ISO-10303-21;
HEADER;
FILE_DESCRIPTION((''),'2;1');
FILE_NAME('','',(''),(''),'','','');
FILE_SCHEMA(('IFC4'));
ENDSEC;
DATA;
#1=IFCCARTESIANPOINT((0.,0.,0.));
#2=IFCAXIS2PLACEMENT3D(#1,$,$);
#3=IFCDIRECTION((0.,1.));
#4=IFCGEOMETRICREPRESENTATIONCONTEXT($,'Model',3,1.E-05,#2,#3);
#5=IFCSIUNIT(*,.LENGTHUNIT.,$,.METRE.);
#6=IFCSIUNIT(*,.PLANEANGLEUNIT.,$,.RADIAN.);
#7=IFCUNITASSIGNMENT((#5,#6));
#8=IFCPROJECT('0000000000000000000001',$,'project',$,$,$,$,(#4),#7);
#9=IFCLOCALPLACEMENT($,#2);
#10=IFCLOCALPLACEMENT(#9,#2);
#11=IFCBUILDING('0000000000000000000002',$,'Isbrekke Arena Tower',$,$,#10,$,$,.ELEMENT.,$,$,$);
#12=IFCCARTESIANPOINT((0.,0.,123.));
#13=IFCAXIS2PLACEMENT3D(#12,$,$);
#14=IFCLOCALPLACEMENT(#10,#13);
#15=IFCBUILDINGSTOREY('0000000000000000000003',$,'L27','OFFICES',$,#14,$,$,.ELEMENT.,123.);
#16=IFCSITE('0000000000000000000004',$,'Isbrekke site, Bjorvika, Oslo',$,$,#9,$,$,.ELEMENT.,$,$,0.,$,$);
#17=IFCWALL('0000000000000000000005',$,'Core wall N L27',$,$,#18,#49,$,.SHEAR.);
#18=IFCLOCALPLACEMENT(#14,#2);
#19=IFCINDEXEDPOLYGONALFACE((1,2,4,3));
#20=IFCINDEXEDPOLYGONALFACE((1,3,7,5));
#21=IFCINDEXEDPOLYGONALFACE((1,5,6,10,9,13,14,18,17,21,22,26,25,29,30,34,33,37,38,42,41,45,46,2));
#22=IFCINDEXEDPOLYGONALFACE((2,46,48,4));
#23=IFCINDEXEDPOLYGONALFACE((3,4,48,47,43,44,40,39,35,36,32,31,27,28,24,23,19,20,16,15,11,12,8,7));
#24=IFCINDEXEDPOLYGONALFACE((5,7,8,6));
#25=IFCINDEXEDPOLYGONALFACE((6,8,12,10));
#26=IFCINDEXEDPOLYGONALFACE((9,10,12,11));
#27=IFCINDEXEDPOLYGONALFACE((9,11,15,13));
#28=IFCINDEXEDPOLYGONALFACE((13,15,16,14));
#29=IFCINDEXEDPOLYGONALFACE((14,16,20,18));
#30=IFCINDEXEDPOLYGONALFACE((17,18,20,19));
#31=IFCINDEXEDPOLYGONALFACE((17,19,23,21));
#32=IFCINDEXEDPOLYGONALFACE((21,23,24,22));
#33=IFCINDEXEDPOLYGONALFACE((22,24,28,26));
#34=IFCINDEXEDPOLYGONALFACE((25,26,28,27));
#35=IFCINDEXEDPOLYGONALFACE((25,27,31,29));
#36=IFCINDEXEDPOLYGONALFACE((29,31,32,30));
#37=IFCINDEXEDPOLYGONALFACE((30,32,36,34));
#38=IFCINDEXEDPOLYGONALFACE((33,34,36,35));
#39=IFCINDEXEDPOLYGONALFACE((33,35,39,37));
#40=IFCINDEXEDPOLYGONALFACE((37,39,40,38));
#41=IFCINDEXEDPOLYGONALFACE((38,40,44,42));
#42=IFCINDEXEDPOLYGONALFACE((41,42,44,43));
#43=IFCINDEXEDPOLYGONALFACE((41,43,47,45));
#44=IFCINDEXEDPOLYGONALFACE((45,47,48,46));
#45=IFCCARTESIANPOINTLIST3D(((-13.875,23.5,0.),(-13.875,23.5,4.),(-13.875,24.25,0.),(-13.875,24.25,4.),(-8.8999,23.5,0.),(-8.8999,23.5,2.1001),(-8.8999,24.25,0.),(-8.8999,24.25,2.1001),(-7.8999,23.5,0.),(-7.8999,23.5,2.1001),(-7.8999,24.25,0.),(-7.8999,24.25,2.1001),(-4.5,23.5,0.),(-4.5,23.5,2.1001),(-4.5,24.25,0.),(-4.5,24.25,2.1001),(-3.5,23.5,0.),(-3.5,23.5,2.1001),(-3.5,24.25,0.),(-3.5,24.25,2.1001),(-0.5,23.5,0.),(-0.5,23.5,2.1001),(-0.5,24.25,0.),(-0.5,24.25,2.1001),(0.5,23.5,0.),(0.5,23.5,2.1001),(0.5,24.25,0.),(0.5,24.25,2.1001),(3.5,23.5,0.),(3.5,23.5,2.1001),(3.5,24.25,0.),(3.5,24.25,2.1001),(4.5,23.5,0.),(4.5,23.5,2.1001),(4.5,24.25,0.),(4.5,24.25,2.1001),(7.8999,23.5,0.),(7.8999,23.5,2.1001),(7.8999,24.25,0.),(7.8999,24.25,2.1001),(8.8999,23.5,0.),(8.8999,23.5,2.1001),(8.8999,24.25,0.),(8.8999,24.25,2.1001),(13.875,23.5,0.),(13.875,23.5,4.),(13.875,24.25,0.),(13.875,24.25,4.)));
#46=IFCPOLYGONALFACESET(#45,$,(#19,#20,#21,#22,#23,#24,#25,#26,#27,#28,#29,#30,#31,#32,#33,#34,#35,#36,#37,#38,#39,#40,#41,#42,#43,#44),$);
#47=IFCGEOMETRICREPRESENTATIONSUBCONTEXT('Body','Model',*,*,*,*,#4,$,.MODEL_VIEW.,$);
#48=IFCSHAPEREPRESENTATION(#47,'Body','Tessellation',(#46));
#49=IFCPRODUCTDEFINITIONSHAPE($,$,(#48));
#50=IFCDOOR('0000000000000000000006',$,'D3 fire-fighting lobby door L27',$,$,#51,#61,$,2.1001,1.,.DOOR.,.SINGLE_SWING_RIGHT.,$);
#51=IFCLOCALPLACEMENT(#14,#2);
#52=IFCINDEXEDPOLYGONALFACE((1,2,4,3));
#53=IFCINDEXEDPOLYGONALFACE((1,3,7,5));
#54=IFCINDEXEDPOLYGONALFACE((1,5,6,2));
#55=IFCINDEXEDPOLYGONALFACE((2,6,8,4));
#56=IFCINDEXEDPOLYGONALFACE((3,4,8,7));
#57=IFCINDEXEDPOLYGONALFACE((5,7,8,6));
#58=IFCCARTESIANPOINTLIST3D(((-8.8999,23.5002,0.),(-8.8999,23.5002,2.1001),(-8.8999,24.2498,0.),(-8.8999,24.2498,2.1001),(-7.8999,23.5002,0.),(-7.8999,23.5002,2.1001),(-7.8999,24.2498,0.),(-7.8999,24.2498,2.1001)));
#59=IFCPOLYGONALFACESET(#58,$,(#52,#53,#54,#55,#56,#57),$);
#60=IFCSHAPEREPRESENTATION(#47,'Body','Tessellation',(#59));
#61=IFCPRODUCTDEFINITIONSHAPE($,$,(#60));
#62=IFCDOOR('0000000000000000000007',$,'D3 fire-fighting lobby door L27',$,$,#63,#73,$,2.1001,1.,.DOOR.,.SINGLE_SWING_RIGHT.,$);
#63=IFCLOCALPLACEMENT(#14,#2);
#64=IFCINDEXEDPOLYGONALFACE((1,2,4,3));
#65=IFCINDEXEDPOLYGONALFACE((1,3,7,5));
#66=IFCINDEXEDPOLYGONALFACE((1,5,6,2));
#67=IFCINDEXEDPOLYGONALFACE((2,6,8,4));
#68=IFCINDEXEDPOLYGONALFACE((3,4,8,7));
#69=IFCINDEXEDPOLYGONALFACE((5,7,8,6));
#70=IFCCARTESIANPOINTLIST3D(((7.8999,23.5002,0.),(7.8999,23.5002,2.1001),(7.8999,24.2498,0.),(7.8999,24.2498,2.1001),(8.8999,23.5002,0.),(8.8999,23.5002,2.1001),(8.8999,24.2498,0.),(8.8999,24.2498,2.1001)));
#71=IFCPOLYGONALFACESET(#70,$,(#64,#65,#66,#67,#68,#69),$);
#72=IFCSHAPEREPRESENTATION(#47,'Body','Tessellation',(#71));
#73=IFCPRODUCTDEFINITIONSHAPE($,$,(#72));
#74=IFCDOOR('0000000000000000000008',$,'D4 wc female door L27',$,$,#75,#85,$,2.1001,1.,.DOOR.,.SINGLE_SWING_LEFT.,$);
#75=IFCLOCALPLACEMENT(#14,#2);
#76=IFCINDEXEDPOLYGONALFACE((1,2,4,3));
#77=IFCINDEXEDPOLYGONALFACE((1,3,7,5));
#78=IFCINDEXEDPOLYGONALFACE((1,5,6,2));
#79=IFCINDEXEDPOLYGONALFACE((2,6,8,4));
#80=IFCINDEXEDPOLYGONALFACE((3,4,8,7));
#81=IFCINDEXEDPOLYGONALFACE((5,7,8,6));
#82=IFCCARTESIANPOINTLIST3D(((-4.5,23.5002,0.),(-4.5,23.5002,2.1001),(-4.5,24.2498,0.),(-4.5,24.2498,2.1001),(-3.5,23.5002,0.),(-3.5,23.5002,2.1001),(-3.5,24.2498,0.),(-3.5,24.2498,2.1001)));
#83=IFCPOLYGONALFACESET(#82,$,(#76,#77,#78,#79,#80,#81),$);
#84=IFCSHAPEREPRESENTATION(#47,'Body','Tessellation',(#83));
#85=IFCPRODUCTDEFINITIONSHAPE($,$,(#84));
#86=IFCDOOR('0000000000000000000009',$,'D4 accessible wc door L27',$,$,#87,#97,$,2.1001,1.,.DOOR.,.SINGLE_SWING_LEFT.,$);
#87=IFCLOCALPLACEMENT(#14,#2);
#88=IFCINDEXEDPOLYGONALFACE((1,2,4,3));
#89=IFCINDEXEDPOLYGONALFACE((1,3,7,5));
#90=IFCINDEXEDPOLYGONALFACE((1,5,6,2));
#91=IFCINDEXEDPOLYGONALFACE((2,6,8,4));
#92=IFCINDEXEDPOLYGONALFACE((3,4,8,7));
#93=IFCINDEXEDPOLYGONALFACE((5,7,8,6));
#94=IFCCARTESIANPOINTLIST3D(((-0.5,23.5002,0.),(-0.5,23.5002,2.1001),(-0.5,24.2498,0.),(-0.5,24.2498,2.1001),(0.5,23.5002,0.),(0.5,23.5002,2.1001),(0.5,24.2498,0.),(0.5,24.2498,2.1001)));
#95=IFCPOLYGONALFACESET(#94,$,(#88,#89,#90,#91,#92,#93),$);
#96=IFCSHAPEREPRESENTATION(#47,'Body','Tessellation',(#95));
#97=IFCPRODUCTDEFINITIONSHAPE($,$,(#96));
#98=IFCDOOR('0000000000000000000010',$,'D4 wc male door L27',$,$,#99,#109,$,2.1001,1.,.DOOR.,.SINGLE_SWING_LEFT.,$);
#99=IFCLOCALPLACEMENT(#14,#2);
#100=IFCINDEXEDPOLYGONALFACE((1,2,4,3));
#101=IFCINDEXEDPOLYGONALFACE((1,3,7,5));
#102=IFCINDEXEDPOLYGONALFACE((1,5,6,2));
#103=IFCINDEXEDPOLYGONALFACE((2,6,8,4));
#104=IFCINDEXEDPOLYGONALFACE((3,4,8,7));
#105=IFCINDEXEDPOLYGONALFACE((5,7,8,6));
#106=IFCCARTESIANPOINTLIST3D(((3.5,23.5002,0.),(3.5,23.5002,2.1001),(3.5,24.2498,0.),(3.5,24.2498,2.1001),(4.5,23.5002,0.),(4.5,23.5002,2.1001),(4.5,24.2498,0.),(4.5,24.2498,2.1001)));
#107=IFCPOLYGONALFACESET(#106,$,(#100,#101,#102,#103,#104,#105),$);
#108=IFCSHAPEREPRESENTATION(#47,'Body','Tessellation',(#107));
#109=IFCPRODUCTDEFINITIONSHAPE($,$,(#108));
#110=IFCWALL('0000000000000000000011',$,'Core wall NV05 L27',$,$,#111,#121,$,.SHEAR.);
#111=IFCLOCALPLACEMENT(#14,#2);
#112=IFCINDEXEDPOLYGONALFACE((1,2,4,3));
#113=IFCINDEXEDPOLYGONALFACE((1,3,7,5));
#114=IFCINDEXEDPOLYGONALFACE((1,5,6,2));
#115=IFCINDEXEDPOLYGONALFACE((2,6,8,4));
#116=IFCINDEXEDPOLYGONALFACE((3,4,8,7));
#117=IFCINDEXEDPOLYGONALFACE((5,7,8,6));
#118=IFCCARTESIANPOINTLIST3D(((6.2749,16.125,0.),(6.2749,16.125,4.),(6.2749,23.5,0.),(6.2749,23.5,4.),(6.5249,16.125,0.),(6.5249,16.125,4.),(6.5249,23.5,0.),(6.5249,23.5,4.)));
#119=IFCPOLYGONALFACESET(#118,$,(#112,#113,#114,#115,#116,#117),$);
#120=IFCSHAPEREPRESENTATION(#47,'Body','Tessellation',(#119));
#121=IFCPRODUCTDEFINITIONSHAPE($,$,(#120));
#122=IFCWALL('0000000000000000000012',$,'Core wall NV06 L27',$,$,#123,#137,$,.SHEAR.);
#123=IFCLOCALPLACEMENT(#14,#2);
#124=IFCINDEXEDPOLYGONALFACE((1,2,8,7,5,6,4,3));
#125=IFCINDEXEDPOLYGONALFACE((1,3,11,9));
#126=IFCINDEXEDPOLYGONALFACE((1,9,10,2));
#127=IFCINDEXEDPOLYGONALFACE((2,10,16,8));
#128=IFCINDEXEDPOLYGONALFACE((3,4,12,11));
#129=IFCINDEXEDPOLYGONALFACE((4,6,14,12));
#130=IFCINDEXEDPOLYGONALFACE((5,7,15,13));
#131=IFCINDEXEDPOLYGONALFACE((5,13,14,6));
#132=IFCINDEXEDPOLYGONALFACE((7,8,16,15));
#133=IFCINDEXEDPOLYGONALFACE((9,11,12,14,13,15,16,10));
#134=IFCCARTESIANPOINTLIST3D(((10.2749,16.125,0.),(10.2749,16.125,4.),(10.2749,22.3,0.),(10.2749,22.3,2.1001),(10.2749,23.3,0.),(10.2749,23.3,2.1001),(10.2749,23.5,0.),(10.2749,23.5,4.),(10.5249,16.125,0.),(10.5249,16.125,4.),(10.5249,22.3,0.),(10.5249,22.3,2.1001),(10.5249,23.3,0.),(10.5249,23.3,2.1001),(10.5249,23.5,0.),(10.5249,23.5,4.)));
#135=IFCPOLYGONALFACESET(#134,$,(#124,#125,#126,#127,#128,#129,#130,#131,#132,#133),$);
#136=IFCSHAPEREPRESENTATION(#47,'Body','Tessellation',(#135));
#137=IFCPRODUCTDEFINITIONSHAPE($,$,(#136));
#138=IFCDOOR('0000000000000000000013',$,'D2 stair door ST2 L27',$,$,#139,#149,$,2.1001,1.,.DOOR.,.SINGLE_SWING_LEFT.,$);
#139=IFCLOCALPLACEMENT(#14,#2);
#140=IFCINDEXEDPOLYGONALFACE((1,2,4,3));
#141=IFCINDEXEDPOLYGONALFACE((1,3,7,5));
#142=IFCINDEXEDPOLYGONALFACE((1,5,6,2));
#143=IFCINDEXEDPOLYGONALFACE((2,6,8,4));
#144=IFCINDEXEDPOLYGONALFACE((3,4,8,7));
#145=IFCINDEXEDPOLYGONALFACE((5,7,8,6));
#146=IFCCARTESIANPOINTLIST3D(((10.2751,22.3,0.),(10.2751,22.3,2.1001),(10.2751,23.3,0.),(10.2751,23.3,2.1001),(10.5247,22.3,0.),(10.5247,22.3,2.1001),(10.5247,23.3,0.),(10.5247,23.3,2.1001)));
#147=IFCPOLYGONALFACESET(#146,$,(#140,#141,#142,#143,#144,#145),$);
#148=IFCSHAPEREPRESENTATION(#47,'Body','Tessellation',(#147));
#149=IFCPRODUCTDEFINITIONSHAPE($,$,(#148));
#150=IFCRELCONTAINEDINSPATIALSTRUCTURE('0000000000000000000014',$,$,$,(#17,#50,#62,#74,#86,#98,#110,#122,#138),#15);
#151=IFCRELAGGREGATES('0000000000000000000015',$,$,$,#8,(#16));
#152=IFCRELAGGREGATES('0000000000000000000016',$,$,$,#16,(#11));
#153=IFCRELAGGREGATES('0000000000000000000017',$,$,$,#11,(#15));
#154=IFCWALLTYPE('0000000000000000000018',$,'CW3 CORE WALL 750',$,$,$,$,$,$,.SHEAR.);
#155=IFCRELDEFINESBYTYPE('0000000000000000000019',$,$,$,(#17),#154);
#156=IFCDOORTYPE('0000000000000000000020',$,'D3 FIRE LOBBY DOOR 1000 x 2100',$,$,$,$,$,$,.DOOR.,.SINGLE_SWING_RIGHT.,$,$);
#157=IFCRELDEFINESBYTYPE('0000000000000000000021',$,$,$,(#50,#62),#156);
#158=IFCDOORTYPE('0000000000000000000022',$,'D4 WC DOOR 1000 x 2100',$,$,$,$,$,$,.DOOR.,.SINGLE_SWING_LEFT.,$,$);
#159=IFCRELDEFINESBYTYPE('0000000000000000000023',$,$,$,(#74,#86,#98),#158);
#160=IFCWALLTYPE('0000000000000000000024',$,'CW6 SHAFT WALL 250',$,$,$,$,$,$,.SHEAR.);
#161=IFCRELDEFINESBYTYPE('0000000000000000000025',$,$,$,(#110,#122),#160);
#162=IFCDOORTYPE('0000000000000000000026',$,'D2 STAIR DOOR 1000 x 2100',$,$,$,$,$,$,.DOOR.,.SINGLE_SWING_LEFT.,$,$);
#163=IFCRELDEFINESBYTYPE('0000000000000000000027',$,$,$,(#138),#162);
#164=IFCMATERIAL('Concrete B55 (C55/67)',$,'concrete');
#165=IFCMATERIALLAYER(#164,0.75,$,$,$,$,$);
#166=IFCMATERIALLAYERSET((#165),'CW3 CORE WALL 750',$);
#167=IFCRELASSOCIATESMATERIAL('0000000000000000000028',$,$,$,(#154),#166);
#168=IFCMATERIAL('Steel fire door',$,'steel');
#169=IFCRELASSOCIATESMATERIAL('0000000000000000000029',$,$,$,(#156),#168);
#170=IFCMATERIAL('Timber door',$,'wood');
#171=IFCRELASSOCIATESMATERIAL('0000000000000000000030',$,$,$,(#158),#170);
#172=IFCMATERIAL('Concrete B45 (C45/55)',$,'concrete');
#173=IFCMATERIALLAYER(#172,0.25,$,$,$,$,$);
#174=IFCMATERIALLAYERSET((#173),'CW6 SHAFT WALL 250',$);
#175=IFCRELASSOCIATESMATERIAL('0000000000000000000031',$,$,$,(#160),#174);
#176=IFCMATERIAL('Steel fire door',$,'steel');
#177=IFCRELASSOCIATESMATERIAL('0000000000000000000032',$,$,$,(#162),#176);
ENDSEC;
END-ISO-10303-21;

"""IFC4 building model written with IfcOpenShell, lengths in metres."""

from ifc_helpers import new_model, si_unit, direction, frame, frame_2d, origin, place, context, subcontext, project, spatial, rectangle, extrude, material, layer, layer_set, type_object, element, fill, save


model = new_model("IFC4")

# Units and contexts
model_context = context("Model", 3, precision=1e-05, world=origin(), true_north=direction((0.0, 1.0)))
body_context = subcontext(model_context, "Body", "Model", "MODEL_VIEW")
ifc_project = project(units=[si_unit("LENGTHUNIT", "METRE"), si_unit("PLANEANGLEUNIT", "RADIAN")], contexts=[model_context])

# Site, building, storey
site_placement = place(None, origin())
site = spatial("IfcSite", under=ifc_project, at=site_placement, Name="Isbrekke site, Bjorvika, Oslo", CompositionType="ELEMENT", RefElevation=0.0)
building_placement = place(site_placement, origin())
building = spatial("IfcBuilding", under=site, at=building_placement, Name="Isbrekke Arena Tower", CompositionType="ELEMENT")
storey_placement = place(building_placement, frame((0.0, 0.0, 123.0)))
storey = spatial("IfcBuildingStorey", under=building, at=storey_placement, Name="L27", Description="OFFICES", CompositionType="ELEMENT", Elevation=123.0)

# Wall, openings, doors
ifc_material_1 = material(Name="Concrete B55 (C55/67)", Category="concrete")
ifc_layer_1 = layer(ifc_material_1, 0.75)
ifc_layer_set_1 = layer_set([ifc_layer_1], Name="CW3 CORE WALL 750")
wall_type_1 = type_object("IfcWallType", Name="CW3 CORE WALL 750", PredefinedType="SHEAR", material=ifc_layer_set_1)
wall_1_placement = place(storey_placement, frame((13.875, 23.875, 0.0), z_axis=(0.0, 0.0, 1.0), x_axis=(-1.0, 0.0, 0.0)))
wall_1 = element("IfcWall", 1, at=wall_1_placement, inside=storey, type_object=wall_type_1, Name="Core wall N L27", PredefinedType="SHEAR", context=body_context, shape_type="SweptSolid", body=[
    extrude(rectangle(XDim=27.75, YDim=0.75, at=frame_2d((13.875, 0.0))), origin(), (0.0, 0.0, 1.0), 4.0),
])
opening_1_placement = place(wall_1_placement, frame((21.7749, 0.0, 0.0)))
opening_1 = element("IfcOpeningElement", 2, at=opening_1_placement, cuts=wall_1, PredefinedType="OPENING", context=body_context, shape_type="SweptSolid", body=[
    extrude(rectangle(XDim=1.0, YDim=2.1001, at=frame_2d((0.5, 1.05))), frame((0.0, 0.3899, 0.0), z_axis=(0.0, -1.0, 0.0), x_axis=(1.0, 0.0, 0.0)), (0.0, 0.0, 1.0), 0.7798),
])
opening_2_placement = place(wall_1_placement, frame((4.9751, 0.0, 0.0)))
opening_2 = element("IfcOpeningElement", 3, at=opening_2_placement, cuts=wall_1, PredefinedType="OPENING", context=body_context, shape_type="SweptSolid", body=[
    extrude(rectangle(XDim=1.0, YDim=2.1001, at=frame_2d((0.5, 1.05))), frame((0.0, 0.3899, 0.0), z_axis=(0.0, -1.0, 0.0), x_axis=(1.0, 0.0, 0.0)), (0.0, 0.0, 1.0), 0.7798),
])
opening_3_placement = place(wall_1_placement, frame((17.375, 0.0, 0.0)))
opening_3 = element("IfcOpeningElement", 4, at=opening_3_placement, cuts=wall_1, PredefinedType="OPENING", context=body_context, shape_type="SweptSolid", body=[
    extrude(rectangle(XDim=1.0, YDim=2.1001, at=frame_2d((0.5, 1.05))), frame((0.0, 0.3899, 0.0), z_axis=(0.0, -1.0, 0.0), x_axis=(1.0, 0.0, 0.0)), (0.0, 0.0, 1.0), 0.7798),
])
opening_4_placement = place(wall_1_placement, frame((13.375, 0.0, 0.0)))
opening_4 = element("IfcOpeningElement", 5, at=opening_4_placement, cuts=wall_1, PredefinedType="OPENING", context=body_context, shape_type="SweptSolid", body=[
    extrude(rectangle(XDim=1.0, YDim=2.1001, at=frame_2d((0.5, 1.05))), frame((0.0, 0.3899, 0.0), z_axis=(0.0, -1.0, 0.0), x_axis=(1.0, 0.0, 0.0)), (0.0, 0.0, 1.0), 0.7798),
])
opening_5_placement = place(wall_1_placement, frame((9.375, 0.0, 0.0)))
opening_5 = element("IfcOpeningElement", 6, at=opening_5_placement, cuts=wall_1, PredefinedType="OPENING", context=body_context, shape_type="SweptSolid", body=[
    extrude(rectangle(XDim=1.0, YDim=2.1001, at=frame_2d((0.5, 1.05))), frame((0.0, 0.3899, 0.0), z_axis=(0.0, -1.0, 0.0), x_axis=(1.0, 0.0, 0.0)), (0.0, 0.0, 1.0), 0.7798),
])
ifc_material_2 = material(Name="Steel fire door", Category="steel")
door_type_1 = type_object("IfcDoorType", Name="D3 FIRE LOBBY DOOR 1000 x 2100", OperationType="SINGLE_SWING_RIGHT", PredefinedType="DOOR", material=ifc_material_2)
door_1_placement = place(opening_1_placement, origin())
door_1 = element("IfcDoor", 7, at=door_1_placement, inside=storey, type_object=door_type_1, Name="D3 fire-fighting lobby door L27", OperationType="SINGLE_SWING_RIGHT", OverallHeight=2.1001, OverallWidth=1.0, PredefinedType="DOOR", context=body_context, shape_type="SweptSolid", body=[
    extrude(rectangle(XDim=1.0, YDim=2.1001, at=frame_2d((0.5, 1.05))), frame((0.0, 0.3748, 0.0), z_axis=(0.0, -1.0, 0.0), x_axis=(1.0, 0.0, 0.0)), (0.0, 0.0, 1.0), 0.7495),
])
fill(opening_1, door_1)
door_2_placement = place(opening_2_placement, origin())
door_2 = element("IfcDoor", 8, at=door_2_placement, inside=storey, type_object=door_type_1, Name="D3 fire-fighting lobby door L27", OperationType="SINGLE_SWING_RIGHT", OverallHeight=2.1001, OverallWidth=1.0, PredefinedType="DOOR", context=body_context, shape_type="SweptSolid", body=[
    extrude(rectangle(XDim=1.0, YDim=2.1001, at=frame_2d((0.5, 1.05))), frame((0.0, 0.3748, 0.0), z_axis=(0.0, -1.0, 0.0), x_axis=(1.0, 0.0, 0.0)), (0.0, 0.0, 1.0), 0.7495),
])
fill(opening_2, door_2)
ifc_material_3 = material(Name="Timber door", Category="wood")
door_type_2 = type_object("IfcDoorType", Name="D4 WC DOOR 1000 x 2100", OperationType="SINGLE_SWING_LEFT", PredefinedType="DOOR", material=ifc_material_3)
door_3_placement = place(opening_3_placement, origin())
door_3 = element("IfcDoor", 9, at=door_3_placement, inside=storey, type_object=door_type_2, Name="D4 wc female door L27", OperationType="SINGLE_SWING_LEFT", OverallHeight=2.1001, OverallWidth=1.0, PredefinedType="DOOR", context=body_context, shape_type="SweptSolid", body=[
    extrude(rectangle(XDim=1.0, YDim=2.1001, at=frame_2d((0.5, 1.05))), frame((0.0, 0.3748, 0.0), z_axis=(0.0, -1.0, 0.0), x_axis=(1.0, 0.0, 0.0)), (0.0, 0.0, 1.0), 0.7495),
])
fill(opening_3, door_3)
door_4_placement = place(opening_4_placement, origin())
door_4 = element("IfcDoor", 10, at=door_4_placement, inside=storey, type_object=door_type_2, Name="D4 accessible wc door L27", OperationType="SINGLE_SWING_LEFT", OverallHeight=2.1001, OverallWidth=1.0, PredefinedType="DOOR", context=body_context, shape_type="SweptSolid", body=[
    extrude(rectangle(XDim=1.0, YDim=2.1001, at=frame_2d((0.5, 1.05))), frame((0.0, 0.3748, 0.0), z_axis=(0.0, -1.0, 0.0), x_axis=(1.0, 0.0, 0.0)), (0.0, 0.0, 1.0), 0.7495),
])
fill(opening_4, door_4)
door_5_placement = place(opening_5_placement, origin())
door_5 = element("IfcDoor", 11, at=door_5_placement, inside=storey, type_object=door_type_2, Name="D4 wc male door L27", OperationType="SINGLE_SWING_LEFT", OverallHeight=2.1001, OverallWidth=1.0, PredefinedType="DOOR", context=body_context, shape_type="SweptSolid", body=[
    extrude(rectangle(XDim=1.0, YDim=2.1001, at=frame_2d((0.5, 1.05))), frame((0.0, 0.3748, 0.0), z_axis=(0.0, -1.0, 0.0), x_axis=(1.0, 0.0, 0.0)), (0.0, 0.0, 1.0), 0.7495),
])
fill(opening_5, door_5)

# Wall
ifc_material_4 = material(Name="Concrete B45 (C45/55)", Category="concrete")
ifc_layer_2 = layer(ifc_material_4, 0.25)
ifc_layer_set_2 = layer_set([ifc_layer_2], Name="CW6 SHAFT WALL 250")
wall_type_2 = type_object("IfcWallType", Name="CW6 SHAFT WALL 250", PredefinedType="SHEAR", material=ifc_layer_set_2)
wall_2_placement = place(storey_placement, frame((6.3999, 16.125, 0.0), z_axis=(0.0, 0.0, 1.0), x_axis=(0.0, 1.0, 0.0)))
element("IfcWall", 12, at=wall_2_placement, inside=storey, type_object=wall_type_2, Name="Core wall NV05 L27", PredefinedType="SHEAR", context=body_context, shape_type="SweptSolid", body=[
    extrude(rectangle(XDim=7.375, YDim=0.25, at=frame_2d((3.6875, 0.0))), origin(), (0.0, 0.0, 1.0), 4.0),
])

# Wall, opening, door
wall_3_placement = place(storey_placement, frame((10.3999, 16.125, 0.0), z_axis=(0.0, 0.0, 1.0), x_axis=(0.0, 1.0, 0.0)))
wall_3 = element("IfcWall", 13, at=wall_3_placement, inside=storey, type_object=wall_type_2, Name="Core wall NV06 L27", PredefinedType="SHEAR", context=body_context, shape_type="SweptSolid", body=[
    extrude(rectangle(XDim=7.375, YDim=0.25, at=frame_2d((3.6875, 0.0))), origin(), (0.0, 0.0, 1.0), 4.0),
])
opening_6_placement = place(wall_3_placement, frame((6.175, 0.0, 0.0)))
opening_6 = element("IfcOpeningElement", 14, at=opening_6_placement, cuts=wall_3, PredefinedType="OPENING", context=body_context, shape_type="SweptSolid", body=[
    extrude(rectangle(XDim=1.0, YDim=2.1001, at=frame_2d((0.5, 1.05))), frame((0.0, 0.1399, 0.0), z_axis=(0.0, -1.0, 0.0), x_axis=(1.0, 0.0, 0.0)), (0.0, 0.0, 1.0), 0.2798),
])
ifc_material_5 = material(Name="Steel fire door", Category="steel")
door_type_3 = type_object("IfcDoorType", Name="D2 STAIR DOOR 1000 x 2100", OperationType="SINGLE_SWING_LEFT", PredefinedType="DOOR", material=ifc_material_5)
door_6_placement = place(opening_6_placement, origin())
door_6 = element("IfcDoor", 15, at=door_6_placement, inside=storey, type_object=door_type_3, Name="D2 stair door ST2 L27", OperationType="SINGLE_SWING_LEFT", OverallHeight=2.1001, OverallWidth=1.0, PredefinedType="DOOR", context=body_context, shape_type="SweptSolid", body=[
    extrude(rectangle(XDim=1.0, YDim=2.1001, at=frame_2d((0.5, 1.05))), frame((0.0, 0.1248, 0.0), z_axis=(0.0, -1.0, 0.0), x_axis=(1.0, 0.0, 0.0)), (0.0, 0.0, 1.0), 0.2495),
])
fill(opening_6, door_6)

save(model, "model.ifc")
